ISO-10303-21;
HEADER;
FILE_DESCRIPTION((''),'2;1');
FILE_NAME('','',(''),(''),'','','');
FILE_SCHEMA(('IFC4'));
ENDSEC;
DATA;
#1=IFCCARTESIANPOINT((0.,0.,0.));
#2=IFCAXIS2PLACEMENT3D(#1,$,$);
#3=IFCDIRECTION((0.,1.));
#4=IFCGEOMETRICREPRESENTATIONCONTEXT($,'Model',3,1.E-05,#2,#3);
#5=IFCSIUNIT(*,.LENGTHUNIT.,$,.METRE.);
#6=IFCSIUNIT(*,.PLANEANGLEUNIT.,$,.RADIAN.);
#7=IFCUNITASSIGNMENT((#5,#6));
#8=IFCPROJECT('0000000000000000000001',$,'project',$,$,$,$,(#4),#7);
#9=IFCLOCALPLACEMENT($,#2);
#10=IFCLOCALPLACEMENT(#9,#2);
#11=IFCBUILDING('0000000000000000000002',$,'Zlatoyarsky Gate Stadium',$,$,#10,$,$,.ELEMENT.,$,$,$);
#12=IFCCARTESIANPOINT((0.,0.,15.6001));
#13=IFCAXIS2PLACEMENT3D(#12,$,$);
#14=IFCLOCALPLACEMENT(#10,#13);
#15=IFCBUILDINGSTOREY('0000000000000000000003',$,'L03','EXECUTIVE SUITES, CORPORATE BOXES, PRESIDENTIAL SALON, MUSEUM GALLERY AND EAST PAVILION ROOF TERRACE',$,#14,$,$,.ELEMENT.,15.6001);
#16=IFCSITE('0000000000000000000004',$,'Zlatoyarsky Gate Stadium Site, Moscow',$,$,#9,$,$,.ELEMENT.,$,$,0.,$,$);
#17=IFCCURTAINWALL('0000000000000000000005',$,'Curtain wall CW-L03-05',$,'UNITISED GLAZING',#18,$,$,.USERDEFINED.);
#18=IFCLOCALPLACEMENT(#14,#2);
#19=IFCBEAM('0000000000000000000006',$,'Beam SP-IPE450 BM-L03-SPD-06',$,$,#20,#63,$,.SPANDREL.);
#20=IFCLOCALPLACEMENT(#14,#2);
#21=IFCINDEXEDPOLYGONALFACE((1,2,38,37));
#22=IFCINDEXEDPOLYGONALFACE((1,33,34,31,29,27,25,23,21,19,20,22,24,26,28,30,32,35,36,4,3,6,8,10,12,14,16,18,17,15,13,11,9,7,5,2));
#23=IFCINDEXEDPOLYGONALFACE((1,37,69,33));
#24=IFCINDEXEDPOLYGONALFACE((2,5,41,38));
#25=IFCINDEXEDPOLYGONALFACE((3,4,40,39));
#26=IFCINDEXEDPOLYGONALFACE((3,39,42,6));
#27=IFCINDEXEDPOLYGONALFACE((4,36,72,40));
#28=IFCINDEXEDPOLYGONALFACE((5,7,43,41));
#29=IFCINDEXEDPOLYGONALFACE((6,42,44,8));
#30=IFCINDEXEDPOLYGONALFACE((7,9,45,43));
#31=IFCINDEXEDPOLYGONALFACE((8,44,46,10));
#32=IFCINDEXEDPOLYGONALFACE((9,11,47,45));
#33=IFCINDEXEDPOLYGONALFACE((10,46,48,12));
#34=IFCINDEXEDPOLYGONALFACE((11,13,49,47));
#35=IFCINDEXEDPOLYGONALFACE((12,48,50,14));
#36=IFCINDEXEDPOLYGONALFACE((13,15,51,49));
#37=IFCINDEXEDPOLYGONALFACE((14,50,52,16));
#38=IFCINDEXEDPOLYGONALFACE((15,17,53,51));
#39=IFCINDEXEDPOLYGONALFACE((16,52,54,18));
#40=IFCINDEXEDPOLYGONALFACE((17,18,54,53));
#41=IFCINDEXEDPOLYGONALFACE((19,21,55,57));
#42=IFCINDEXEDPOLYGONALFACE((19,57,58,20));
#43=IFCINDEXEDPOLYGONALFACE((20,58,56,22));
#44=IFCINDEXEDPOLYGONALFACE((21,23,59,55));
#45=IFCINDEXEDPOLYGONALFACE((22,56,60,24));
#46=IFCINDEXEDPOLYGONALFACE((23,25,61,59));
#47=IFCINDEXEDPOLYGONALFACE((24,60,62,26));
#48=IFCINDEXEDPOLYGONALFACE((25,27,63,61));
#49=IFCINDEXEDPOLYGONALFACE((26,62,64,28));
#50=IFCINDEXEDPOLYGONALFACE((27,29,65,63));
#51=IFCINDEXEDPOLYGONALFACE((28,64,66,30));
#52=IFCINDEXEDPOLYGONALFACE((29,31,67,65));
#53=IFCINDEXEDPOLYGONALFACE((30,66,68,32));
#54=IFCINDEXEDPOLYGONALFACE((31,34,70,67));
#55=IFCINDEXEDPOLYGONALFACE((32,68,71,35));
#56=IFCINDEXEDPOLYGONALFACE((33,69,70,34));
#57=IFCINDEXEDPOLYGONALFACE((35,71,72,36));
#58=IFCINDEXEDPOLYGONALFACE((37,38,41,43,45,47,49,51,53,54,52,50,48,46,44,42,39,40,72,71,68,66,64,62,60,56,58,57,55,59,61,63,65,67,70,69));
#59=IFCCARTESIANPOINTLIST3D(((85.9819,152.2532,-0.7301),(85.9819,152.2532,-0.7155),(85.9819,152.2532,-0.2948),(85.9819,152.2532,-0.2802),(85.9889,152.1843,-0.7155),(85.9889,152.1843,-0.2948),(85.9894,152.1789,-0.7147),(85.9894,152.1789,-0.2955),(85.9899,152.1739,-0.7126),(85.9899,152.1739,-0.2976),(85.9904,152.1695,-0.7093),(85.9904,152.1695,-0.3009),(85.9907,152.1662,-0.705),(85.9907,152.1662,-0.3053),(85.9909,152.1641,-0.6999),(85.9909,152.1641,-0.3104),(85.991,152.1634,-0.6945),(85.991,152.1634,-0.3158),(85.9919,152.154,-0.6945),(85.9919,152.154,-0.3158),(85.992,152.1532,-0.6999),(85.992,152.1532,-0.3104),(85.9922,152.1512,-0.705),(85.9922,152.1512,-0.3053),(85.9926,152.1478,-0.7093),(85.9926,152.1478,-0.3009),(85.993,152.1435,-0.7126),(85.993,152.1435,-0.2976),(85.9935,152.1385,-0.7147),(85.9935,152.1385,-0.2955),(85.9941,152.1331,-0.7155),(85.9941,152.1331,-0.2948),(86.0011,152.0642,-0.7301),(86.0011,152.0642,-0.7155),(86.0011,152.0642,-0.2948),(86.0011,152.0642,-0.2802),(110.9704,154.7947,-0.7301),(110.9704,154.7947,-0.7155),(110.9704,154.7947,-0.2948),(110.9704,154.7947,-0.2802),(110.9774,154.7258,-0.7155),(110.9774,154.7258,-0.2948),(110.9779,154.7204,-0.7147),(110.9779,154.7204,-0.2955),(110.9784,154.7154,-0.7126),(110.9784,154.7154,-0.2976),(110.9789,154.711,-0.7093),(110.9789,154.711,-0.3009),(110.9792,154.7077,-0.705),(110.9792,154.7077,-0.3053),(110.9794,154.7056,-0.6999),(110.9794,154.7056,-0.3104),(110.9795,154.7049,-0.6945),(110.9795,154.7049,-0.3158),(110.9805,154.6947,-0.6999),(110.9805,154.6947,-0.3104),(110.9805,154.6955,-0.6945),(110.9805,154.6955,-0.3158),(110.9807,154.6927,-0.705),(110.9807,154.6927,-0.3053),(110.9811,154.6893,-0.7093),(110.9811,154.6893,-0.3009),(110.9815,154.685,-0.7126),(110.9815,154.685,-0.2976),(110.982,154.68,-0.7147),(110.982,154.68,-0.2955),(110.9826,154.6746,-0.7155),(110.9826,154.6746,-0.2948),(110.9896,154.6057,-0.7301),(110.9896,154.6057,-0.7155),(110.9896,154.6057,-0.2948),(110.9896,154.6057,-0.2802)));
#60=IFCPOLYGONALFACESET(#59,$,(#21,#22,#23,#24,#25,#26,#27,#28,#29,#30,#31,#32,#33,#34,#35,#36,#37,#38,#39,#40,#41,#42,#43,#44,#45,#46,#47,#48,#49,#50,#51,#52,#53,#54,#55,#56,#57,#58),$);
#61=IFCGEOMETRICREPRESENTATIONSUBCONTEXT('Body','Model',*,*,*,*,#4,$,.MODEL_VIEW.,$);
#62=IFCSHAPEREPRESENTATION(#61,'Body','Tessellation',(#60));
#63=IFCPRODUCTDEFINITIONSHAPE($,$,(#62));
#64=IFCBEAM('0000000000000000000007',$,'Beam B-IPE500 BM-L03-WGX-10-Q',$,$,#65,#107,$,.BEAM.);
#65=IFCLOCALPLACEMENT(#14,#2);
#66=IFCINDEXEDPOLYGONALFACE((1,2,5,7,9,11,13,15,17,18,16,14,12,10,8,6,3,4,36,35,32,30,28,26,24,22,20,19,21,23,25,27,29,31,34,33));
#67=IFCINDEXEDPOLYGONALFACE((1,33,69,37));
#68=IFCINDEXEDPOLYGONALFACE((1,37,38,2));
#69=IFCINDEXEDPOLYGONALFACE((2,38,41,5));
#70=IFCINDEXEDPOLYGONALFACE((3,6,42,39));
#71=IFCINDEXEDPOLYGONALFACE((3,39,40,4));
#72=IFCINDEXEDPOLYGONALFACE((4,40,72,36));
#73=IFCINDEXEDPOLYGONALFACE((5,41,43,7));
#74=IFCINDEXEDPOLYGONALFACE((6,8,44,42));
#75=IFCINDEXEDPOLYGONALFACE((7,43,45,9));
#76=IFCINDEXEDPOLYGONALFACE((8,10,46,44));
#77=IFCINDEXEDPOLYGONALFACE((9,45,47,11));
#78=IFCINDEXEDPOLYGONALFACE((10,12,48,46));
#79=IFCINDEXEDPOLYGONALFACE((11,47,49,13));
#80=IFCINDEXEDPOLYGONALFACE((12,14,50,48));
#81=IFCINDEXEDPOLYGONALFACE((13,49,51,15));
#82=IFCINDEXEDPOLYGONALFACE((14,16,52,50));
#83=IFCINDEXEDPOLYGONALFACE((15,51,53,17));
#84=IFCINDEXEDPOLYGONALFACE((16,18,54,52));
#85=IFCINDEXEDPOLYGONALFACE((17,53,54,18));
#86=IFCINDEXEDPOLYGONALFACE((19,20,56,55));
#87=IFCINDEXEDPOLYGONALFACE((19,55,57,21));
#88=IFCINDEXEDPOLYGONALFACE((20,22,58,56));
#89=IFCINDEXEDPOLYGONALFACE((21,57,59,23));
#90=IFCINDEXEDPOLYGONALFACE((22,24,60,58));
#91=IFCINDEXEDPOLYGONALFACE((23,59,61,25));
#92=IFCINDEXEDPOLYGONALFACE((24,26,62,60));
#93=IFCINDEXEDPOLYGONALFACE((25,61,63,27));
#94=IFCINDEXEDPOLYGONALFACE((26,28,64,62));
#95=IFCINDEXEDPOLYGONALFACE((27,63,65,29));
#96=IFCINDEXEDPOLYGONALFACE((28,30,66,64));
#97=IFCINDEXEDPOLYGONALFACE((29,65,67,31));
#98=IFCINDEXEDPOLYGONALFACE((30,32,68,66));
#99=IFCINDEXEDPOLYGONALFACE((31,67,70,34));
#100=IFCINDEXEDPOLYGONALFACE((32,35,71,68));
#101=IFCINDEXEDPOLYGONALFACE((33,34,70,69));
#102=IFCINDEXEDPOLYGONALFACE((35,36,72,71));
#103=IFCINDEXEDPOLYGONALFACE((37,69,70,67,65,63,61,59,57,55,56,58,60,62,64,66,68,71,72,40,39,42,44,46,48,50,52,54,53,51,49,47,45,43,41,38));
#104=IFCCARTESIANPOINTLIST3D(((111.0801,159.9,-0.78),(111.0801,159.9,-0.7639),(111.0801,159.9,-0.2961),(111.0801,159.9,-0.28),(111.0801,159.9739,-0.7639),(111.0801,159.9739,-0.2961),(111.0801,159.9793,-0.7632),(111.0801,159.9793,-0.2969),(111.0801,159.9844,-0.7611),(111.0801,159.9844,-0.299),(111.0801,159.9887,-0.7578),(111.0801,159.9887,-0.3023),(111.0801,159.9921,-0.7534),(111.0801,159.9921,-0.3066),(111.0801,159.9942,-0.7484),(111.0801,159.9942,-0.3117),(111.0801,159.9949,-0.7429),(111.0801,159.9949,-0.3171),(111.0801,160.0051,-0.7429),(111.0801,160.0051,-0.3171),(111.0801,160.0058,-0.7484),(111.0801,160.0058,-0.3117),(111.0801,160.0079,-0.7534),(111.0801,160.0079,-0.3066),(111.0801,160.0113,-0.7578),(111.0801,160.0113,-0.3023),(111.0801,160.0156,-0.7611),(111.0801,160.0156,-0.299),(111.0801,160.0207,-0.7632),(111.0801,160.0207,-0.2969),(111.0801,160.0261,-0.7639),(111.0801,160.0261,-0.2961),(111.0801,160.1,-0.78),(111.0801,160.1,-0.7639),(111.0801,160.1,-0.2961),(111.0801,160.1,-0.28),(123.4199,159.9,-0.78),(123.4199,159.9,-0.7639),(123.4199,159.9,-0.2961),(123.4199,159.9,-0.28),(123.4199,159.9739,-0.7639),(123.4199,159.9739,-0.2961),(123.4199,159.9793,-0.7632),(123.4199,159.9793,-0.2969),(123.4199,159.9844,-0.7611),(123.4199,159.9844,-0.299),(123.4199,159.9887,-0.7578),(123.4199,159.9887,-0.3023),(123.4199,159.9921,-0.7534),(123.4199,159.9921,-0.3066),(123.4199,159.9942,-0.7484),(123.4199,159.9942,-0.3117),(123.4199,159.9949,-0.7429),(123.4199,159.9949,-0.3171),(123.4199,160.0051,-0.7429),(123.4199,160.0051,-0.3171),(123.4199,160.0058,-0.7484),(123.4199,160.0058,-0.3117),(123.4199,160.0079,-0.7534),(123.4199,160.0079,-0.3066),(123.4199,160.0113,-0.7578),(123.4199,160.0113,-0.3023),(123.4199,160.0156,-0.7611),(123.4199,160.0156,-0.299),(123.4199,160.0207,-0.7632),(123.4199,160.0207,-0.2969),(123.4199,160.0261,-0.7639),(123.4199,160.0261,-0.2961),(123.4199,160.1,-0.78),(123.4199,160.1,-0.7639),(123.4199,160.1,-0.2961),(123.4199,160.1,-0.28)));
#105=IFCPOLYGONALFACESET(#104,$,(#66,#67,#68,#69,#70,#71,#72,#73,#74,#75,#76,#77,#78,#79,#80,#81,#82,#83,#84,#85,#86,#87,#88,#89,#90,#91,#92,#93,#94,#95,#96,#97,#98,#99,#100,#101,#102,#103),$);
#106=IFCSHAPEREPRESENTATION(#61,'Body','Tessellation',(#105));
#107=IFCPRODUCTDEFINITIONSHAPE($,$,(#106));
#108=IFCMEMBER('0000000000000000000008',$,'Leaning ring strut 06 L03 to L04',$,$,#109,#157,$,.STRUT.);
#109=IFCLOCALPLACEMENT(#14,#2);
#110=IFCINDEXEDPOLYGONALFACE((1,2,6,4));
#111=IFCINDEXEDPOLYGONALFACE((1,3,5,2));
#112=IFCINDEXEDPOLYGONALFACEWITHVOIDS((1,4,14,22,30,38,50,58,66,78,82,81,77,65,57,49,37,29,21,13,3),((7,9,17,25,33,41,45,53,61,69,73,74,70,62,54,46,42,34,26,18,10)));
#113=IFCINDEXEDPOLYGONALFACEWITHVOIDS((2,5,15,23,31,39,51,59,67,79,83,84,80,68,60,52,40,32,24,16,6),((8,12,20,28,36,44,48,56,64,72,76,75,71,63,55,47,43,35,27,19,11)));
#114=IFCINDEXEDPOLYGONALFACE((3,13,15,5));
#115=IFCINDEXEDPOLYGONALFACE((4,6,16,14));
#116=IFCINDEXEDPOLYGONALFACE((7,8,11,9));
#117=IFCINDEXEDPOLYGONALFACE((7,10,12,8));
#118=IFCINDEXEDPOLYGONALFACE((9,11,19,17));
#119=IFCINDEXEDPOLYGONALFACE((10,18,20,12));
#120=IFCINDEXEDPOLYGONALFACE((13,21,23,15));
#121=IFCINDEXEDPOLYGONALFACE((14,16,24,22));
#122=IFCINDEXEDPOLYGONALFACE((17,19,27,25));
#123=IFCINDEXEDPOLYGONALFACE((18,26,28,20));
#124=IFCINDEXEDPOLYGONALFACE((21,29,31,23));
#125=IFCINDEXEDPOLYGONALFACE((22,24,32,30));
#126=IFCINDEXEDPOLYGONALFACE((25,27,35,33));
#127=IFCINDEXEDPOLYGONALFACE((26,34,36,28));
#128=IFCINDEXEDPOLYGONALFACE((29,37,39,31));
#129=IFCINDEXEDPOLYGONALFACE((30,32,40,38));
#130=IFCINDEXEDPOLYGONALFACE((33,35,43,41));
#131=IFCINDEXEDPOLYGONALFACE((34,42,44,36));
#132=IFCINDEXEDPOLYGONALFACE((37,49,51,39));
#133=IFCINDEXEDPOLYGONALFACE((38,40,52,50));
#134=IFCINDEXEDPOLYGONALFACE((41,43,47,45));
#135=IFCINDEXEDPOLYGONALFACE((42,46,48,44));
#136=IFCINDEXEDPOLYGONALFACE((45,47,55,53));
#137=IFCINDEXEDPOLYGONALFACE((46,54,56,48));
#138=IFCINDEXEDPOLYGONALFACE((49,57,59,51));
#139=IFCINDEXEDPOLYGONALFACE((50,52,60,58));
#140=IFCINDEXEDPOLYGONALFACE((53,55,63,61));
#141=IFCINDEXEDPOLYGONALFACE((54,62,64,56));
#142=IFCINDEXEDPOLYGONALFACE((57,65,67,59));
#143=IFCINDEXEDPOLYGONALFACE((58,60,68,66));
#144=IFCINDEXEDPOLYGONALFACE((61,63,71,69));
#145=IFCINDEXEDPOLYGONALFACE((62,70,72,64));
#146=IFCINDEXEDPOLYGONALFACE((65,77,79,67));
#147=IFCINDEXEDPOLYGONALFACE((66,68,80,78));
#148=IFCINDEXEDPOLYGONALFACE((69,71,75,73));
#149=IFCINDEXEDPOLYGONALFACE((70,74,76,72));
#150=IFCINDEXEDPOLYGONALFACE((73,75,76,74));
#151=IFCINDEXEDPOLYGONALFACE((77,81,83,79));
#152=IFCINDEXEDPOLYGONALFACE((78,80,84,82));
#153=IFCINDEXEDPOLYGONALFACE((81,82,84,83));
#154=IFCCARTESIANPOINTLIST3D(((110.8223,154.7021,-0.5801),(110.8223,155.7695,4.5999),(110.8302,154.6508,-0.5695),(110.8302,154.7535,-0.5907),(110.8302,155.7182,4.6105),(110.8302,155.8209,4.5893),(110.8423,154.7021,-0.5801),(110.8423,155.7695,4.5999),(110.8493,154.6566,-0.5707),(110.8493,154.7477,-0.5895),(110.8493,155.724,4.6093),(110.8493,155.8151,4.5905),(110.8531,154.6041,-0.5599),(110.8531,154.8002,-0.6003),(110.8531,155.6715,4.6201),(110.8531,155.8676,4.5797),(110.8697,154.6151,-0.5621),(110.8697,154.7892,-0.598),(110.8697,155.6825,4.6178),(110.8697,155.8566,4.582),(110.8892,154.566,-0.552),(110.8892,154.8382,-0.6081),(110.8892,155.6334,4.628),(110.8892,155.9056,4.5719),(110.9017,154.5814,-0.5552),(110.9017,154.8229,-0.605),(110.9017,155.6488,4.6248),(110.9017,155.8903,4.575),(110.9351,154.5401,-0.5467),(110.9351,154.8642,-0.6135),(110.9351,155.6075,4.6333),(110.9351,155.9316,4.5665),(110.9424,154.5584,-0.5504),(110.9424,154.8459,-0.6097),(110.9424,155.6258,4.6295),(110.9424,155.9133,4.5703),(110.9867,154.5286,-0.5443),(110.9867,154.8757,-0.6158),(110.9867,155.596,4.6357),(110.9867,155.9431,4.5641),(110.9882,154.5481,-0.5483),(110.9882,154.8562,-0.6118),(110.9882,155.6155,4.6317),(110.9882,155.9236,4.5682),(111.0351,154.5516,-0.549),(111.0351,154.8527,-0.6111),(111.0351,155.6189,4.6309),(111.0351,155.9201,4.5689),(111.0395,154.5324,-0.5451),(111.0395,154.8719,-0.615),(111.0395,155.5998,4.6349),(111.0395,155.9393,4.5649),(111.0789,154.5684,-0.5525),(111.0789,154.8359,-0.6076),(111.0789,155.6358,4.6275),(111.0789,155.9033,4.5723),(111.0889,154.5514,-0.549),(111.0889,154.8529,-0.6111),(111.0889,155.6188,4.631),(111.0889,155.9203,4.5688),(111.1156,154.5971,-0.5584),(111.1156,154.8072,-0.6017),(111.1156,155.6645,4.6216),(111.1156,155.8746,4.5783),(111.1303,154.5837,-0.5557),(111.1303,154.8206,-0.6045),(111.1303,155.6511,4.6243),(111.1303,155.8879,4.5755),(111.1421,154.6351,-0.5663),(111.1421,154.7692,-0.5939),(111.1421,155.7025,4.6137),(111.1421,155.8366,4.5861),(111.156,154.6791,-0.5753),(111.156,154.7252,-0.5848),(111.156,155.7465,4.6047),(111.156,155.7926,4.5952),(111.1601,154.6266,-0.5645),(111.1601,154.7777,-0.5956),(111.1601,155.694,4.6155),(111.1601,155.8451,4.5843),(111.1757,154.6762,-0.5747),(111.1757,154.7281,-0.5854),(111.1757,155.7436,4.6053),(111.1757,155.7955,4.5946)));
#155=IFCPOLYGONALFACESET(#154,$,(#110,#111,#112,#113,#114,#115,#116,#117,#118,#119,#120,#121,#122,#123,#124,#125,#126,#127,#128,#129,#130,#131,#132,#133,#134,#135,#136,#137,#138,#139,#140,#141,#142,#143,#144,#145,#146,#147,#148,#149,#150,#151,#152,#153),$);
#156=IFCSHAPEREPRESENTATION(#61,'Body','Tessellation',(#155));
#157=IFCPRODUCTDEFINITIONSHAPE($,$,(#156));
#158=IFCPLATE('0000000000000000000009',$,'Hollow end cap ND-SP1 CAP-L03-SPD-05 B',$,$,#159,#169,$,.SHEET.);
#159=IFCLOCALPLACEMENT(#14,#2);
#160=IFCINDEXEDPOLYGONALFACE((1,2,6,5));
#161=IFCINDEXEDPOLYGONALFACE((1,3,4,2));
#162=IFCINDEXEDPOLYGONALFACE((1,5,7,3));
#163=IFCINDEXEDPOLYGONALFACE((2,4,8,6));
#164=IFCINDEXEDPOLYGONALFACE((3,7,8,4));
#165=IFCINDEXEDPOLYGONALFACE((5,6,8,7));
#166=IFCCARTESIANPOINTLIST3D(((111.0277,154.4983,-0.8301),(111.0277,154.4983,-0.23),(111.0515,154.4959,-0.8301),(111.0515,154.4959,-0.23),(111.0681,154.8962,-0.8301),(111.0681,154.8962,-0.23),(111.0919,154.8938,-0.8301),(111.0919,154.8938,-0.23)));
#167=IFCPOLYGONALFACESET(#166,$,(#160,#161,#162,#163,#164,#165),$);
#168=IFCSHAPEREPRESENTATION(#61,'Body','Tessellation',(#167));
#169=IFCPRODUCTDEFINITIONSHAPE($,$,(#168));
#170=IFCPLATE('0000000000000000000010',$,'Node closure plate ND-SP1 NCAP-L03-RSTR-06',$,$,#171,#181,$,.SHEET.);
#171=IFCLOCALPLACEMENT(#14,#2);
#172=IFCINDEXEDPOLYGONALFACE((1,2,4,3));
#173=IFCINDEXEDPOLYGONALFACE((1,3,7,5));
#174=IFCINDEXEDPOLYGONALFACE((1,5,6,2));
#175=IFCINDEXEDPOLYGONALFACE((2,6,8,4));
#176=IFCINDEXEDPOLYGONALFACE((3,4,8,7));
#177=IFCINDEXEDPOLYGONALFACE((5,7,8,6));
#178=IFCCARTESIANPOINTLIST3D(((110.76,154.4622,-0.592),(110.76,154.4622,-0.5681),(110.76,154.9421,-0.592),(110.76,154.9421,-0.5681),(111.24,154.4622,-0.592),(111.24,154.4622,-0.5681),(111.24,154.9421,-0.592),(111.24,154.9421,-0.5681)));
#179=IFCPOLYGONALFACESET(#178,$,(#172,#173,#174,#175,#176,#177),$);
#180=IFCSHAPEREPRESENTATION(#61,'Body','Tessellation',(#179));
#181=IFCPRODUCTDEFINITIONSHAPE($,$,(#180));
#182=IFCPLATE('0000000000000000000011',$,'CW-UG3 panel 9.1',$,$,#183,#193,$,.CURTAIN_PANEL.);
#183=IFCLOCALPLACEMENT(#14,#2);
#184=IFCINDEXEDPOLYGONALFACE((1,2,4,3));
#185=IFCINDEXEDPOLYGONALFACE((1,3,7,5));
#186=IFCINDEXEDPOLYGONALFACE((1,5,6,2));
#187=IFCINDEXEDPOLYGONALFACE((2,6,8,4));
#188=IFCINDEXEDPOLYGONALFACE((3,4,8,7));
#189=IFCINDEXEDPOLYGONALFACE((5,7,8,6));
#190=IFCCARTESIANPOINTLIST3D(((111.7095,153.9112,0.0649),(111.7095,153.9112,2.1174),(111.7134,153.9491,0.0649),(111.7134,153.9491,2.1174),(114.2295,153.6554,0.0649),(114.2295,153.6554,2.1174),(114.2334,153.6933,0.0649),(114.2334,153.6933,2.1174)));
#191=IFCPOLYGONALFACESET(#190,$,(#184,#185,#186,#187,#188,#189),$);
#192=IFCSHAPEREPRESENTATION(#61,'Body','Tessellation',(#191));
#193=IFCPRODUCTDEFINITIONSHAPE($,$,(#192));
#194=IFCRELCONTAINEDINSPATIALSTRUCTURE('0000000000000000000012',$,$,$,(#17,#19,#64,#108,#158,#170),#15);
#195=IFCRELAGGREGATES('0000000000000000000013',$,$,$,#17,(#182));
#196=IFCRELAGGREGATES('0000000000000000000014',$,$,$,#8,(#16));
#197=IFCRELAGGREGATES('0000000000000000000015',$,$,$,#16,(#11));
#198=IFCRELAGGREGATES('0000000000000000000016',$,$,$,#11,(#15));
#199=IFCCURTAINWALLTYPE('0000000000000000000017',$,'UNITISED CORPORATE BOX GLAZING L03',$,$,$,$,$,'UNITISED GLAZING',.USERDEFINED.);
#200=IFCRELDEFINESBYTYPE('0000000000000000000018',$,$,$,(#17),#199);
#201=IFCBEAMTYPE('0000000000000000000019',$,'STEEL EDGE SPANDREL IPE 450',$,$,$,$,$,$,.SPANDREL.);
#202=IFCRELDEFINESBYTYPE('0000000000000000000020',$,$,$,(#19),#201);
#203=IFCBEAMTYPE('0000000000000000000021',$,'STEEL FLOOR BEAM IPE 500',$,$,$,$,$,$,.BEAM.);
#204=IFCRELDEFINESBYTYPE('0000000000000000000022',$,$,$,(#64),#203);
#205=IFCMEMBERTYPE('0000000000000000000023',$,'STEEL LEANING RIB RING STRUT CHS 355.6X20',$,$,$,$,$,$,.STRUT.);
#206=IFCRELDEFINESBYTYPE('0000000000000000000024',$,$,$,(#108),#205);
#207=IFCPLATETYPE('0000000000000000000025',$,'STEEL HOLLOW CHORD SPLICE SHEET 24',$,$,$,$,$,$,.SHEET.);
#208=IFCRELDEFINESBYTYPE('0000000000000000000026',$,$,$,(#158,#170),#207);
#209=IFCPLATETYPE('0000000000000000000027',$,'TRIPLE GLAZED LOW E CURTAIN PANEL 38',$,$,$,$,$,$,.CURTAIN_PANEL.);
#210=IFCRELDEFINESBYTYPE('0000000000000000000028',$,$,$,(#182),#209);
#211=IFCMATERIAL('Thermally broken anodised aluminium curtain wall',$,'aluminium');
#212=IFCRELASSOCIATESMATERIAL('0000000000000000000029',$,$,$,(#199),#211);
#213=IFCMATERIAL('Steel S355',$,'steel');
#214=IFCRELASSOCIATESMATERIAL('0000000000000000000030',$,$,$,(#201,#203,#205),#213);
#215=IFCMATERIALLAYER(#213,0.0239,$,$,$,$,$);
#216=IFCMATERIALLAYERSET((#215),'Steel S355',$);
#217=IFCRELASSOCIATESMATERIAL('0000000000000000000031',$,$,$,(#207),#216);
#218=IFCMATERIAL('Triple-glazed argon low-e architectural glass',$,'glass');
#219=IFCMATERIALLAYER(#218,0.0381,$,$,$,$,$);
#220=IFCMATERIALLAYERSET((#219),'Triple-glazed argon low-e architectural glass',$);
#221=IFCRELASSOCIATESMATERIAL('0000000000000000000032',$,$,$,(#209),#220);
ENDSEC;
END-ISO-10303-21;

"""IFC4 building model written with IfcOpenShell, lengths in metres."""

from ifc_helpers import new_model, si_unit, direction, frame, origin, origin_2d, place, context, subcontext, project, spatial, rectangle, hollow_circle, i_section, extrude, material, layer, layer_set, material_profile, profile_set, type_object, element, aggregate, save


model = new_model("IFC4")

# Units and contexts
model_context = context("Model", 3, precision=1e-05, world=origin(), true_north=direction((0.0, 1.0)))
body_context = subcontext(model_context, "Body", "Model", "MODEL_VIEW")
ifc_project = project(units=[si_unit("LENGTHUNIT", "METRE"), si_unit("PLANEANGLEUNIT", "RADIAN")], contexts=[model_context])

# Site, building, storey
site_placement = place(None, origin())
site = spatial("IfcSite", under=ifc_project, at=site_placement, Name="Zlatoyarsky Gate Stadium Site, Moscow", CompositionType="ELEMENT", RefElevation=0.0)
building_placement = place(site_placement, origin())
building = spatial("IfcBuilding", under=site, at=building_placement, Name="Zlatoyarsky Gate Stadium", CompositionType="ELEMENT")
storey_placement = place(building_placement, frame((0.0, 0.0, 15.6001)))
storey = spatial("IfcBuildingStorey", under=building, at=storey_placement, Name="L03", Description="EXECUTIVE SUITES, CORPORATE BOXES, PRESIDENTIAL SALON, MUSEUM GALLERY AND EAST PAVILION ROOF TERRACE", CompositionType="ELEMENT", Elevation=15.6001)

# Shared definitions
ifc_material_1 = material(Name="Steel S355", Category="steel")

# Curtain wall
ifc_material_2 = material(Name="Thermally broken anodised aluminium curtain wall", Category="aluminium")
curtain_wall_type_1 = type_object("IfcCurtainWallType", Name="UNITISED CORPORATE BOX GLAZING L03", ElementType="UNITISED GLAZING", PredefinedType="USERDEFINED", material=ifc_material_2)
curtain_wall_1_placement = place(storey_placement, origin())
curtain_wall_1 = element("IfcCurtainWall", 1, at=curtain_wall_1_placement, inside=storey, type_object=curtain_wall_type_1, Name="Curtain wall CW-L03-05", ObjectType="UNITISED GLAZING", PredefinedType="USERDEFINED")

# Beams
ifc_material_profile_1 = material_profile(ifc_material_1, i_section(OverallWidth=0.1899, OverallDepth=0.45, WebThickness=0.0095, FlangeThickness=0.0146, FilletRadius=0.021, at=origin_2d()), Name="IPE 450")
ifc_profile_set_1 = profile_set([ifc_material_profile_1], Name="Steel S355")
beam_type_1 = type_object("IfcBeamType", Name="STEEL EDGE SPANDREL IPE 450", PredefinedType="SPANDREL", material=ifc_profile_set_1)
beam_1_placement = place(storey_placement, frame((110.98, 154.7002, -0.5051), z_axis=(-0.994868, -0.101185, 0.0), x_axis=(0.101185, -0.994868, 0.0)))
element("IfcBeam", 2, at=beam_1_placement, inside=storey, type_object=beam_type_1, Name="Beam SP-IPE450 BM-L03-SPD-06", PredefinedType="SPANDREL", context=body_context, shape_type="SweptSolid", body=[
    extrude(i_section(OverallWidth=0.1899, OverallDepth=0.45, WebThickness=0.0095, FlangeThickness=0.0146, FilletRadius=0.021, at=origin_2d()), origin(), (0.0, 0.0, 1.0), 25.1174),
])
ifc_material_profile_2 = material_profile(ifc_material_1, i_section(OverallWidth=0.2, OverallDepth=0.5, WebThickness=0.0103, FlangeThickness=0.0161, FilletRadius=0.021, at=origin_2d()), Name="IPE 500")
ifc_profile_set_2 = profile_set([ifc_material_profile_2], Name="Steel S355")
beam_type_2 = type_object("IfcBeamType", Name="STEEL FLOOR BEAM IPE 500", PredefinedType="BEAM", material=ifc_profile_set_2)
beam_2_placement = place(storey_placement, frame((111.0801, 160.0, -0.53), z_axis=(1.0, 0.0, 0.0), x_axis=(0.0, 1.0, 0.0)))
element("IfcBeam", 3, at=beam_2_placement, inside=storey, type_object=beam_type_2, Name="Beam B-IPE500 BM-L03-WGX-10-Q", PredefinedType="BEAM", context=body_context, shape_type="SweptSolid", body=[
    extrude(i_section(OverallWidth=0.2, OverallDepth=0.5, WebThickness=0.0103, FlangeThickness=0.0161, FilletRadius=0.021, at=origin_2d()), origin(), (0.0, 0.0, 1.0), 12.3398),
])

# Member
ifc_material_profile_3 = material_profile(ifc_material_1, hollow_circle(Radius=0.1777, WallThickness=0.02, at=origin_2d()), Name="CHS 355.6X20")
ifc_profile_set_3 = profile_set([ifc_material_profile_3], Name="Steel S355")
member_type_1 = type_object("IfcMemberType", Name="STEEL LEANING RIB RING STRUT CHS 355.6X20", PredefinedType="STRUT", material=ifc_profile_set_3)
member_1_placement = place(storey_placement, frame((111.0, 154.7021, -0.5801), z_axis=(0.0, 0.201821, 0.979422), x_axis=(-1.0, 0.0, 0.0)))
element("IfcMember", 4, at=member_1_placement, inside=storey, type_object=member_type_1, Name="Leaning ring strut 06 L03 to L04", PredefinedType="STRUT", context=body_context, shape_type="SweptSolid", body=[
    extrude(hollow_circle(Radius=0.1777, WallThickness=0.02, at=origin_2d()), origin(), (0.0, 0.0, 1.0), 5.2888),
])

# Plates
ifc_layer_1 = layer(ifc_material_1, 0.0239)
ifc_layer_set_1 = layer_set([ifc_layer_1], Name="Steel S355")
plate_type_1 = type_object("IfcPlateType", Name="STEEL HOLLOW CHORD SPLICE SHEET 24", PredefinedType="SHEET", material=ifc_layer_set_1)
plate_1_placement = place(storey_placement, frame((111.0598, 154.696, -0.8301), z_axis=(0.0, 0.0, 1.0), x_axis=(-0.994868, 0.101179, 0.0)))
element("IfcPlate", 5, at=plate_1_placement, inside=storey, type_object=plate_type_1, Name="Hollow end cap ND-SP1 CAP-L03-SPD-05 B", PredefinedType="SHEET", context=body_context, shape_type="SweptSolid", body=[
    extrude(rectangle(XDim=0.0239, YDim=0.3999, at=origin_2d()), origin(), (0.0, 0.0, 1.0), 0.6001),
])
plate_2_placement = place(storey_placement, frame((111.0, 154.7021, -0.592), z_axis=(0.0, 0.0, 1.0), x_axis=(1.0, 0.0, 0.0)))
element("IfcPlate", 6, at=plate_2_placement, inside=storey, type_object=plate_type_1, Name="Node closure plate ND-SP1 NCAP-L03-RSTR-06", PredefinedType="SHEET", context=body_context, shape_type="SweptSolid", body=[
    extrude(rectangle(XDim=0.48, YDim=0.48, at=origin_2d()), origin(), (0.0, 0.0, 1.0), 0.0239),
])

# Plate
ifc_material_3 = material(Name="Triple-glazed argon low-e architectural glass", Category="glass")
ifc_layer_2 = layer(ifc_material_3, 0.0381)
ifc_layer_set_2 = layer_set([ifc_layer_2], Name="Triple-glazed argon low-e architectural glass")
plate_type_2 = type_object("IfcPlateType", Name="TRIPLE GLAZED LOW E CURTAIN PANEL 38", PredefinedType="CURTAIN_PANEL", material=ifc_layer_set_2)
plate_3_placement = place(storey_placement, frame((112.9714, 153.8022, 0.0649), z_axis=(0.0, 0.0, 1.0), x_axis=(-0.99489, 0.100968, 0.0)))
plate_3 = element("IfcPlate", 7, at=plate_3_placement, type_object=plate_type_2, Name="CW-UG3 panel 9.1", PredefinedType="CURTAIN_PANEL", context=body_context, shape_type="SweptSolid", body=[
    extrude(rectangle(XDim=2.533, YDim=0.0381, at=origin_2d()), origin(), (0.0, 0.0, 1.0), 2.0525),
])
aggregate(curtain_wall_1, [plate_3])

save(model, "model.ifc")
